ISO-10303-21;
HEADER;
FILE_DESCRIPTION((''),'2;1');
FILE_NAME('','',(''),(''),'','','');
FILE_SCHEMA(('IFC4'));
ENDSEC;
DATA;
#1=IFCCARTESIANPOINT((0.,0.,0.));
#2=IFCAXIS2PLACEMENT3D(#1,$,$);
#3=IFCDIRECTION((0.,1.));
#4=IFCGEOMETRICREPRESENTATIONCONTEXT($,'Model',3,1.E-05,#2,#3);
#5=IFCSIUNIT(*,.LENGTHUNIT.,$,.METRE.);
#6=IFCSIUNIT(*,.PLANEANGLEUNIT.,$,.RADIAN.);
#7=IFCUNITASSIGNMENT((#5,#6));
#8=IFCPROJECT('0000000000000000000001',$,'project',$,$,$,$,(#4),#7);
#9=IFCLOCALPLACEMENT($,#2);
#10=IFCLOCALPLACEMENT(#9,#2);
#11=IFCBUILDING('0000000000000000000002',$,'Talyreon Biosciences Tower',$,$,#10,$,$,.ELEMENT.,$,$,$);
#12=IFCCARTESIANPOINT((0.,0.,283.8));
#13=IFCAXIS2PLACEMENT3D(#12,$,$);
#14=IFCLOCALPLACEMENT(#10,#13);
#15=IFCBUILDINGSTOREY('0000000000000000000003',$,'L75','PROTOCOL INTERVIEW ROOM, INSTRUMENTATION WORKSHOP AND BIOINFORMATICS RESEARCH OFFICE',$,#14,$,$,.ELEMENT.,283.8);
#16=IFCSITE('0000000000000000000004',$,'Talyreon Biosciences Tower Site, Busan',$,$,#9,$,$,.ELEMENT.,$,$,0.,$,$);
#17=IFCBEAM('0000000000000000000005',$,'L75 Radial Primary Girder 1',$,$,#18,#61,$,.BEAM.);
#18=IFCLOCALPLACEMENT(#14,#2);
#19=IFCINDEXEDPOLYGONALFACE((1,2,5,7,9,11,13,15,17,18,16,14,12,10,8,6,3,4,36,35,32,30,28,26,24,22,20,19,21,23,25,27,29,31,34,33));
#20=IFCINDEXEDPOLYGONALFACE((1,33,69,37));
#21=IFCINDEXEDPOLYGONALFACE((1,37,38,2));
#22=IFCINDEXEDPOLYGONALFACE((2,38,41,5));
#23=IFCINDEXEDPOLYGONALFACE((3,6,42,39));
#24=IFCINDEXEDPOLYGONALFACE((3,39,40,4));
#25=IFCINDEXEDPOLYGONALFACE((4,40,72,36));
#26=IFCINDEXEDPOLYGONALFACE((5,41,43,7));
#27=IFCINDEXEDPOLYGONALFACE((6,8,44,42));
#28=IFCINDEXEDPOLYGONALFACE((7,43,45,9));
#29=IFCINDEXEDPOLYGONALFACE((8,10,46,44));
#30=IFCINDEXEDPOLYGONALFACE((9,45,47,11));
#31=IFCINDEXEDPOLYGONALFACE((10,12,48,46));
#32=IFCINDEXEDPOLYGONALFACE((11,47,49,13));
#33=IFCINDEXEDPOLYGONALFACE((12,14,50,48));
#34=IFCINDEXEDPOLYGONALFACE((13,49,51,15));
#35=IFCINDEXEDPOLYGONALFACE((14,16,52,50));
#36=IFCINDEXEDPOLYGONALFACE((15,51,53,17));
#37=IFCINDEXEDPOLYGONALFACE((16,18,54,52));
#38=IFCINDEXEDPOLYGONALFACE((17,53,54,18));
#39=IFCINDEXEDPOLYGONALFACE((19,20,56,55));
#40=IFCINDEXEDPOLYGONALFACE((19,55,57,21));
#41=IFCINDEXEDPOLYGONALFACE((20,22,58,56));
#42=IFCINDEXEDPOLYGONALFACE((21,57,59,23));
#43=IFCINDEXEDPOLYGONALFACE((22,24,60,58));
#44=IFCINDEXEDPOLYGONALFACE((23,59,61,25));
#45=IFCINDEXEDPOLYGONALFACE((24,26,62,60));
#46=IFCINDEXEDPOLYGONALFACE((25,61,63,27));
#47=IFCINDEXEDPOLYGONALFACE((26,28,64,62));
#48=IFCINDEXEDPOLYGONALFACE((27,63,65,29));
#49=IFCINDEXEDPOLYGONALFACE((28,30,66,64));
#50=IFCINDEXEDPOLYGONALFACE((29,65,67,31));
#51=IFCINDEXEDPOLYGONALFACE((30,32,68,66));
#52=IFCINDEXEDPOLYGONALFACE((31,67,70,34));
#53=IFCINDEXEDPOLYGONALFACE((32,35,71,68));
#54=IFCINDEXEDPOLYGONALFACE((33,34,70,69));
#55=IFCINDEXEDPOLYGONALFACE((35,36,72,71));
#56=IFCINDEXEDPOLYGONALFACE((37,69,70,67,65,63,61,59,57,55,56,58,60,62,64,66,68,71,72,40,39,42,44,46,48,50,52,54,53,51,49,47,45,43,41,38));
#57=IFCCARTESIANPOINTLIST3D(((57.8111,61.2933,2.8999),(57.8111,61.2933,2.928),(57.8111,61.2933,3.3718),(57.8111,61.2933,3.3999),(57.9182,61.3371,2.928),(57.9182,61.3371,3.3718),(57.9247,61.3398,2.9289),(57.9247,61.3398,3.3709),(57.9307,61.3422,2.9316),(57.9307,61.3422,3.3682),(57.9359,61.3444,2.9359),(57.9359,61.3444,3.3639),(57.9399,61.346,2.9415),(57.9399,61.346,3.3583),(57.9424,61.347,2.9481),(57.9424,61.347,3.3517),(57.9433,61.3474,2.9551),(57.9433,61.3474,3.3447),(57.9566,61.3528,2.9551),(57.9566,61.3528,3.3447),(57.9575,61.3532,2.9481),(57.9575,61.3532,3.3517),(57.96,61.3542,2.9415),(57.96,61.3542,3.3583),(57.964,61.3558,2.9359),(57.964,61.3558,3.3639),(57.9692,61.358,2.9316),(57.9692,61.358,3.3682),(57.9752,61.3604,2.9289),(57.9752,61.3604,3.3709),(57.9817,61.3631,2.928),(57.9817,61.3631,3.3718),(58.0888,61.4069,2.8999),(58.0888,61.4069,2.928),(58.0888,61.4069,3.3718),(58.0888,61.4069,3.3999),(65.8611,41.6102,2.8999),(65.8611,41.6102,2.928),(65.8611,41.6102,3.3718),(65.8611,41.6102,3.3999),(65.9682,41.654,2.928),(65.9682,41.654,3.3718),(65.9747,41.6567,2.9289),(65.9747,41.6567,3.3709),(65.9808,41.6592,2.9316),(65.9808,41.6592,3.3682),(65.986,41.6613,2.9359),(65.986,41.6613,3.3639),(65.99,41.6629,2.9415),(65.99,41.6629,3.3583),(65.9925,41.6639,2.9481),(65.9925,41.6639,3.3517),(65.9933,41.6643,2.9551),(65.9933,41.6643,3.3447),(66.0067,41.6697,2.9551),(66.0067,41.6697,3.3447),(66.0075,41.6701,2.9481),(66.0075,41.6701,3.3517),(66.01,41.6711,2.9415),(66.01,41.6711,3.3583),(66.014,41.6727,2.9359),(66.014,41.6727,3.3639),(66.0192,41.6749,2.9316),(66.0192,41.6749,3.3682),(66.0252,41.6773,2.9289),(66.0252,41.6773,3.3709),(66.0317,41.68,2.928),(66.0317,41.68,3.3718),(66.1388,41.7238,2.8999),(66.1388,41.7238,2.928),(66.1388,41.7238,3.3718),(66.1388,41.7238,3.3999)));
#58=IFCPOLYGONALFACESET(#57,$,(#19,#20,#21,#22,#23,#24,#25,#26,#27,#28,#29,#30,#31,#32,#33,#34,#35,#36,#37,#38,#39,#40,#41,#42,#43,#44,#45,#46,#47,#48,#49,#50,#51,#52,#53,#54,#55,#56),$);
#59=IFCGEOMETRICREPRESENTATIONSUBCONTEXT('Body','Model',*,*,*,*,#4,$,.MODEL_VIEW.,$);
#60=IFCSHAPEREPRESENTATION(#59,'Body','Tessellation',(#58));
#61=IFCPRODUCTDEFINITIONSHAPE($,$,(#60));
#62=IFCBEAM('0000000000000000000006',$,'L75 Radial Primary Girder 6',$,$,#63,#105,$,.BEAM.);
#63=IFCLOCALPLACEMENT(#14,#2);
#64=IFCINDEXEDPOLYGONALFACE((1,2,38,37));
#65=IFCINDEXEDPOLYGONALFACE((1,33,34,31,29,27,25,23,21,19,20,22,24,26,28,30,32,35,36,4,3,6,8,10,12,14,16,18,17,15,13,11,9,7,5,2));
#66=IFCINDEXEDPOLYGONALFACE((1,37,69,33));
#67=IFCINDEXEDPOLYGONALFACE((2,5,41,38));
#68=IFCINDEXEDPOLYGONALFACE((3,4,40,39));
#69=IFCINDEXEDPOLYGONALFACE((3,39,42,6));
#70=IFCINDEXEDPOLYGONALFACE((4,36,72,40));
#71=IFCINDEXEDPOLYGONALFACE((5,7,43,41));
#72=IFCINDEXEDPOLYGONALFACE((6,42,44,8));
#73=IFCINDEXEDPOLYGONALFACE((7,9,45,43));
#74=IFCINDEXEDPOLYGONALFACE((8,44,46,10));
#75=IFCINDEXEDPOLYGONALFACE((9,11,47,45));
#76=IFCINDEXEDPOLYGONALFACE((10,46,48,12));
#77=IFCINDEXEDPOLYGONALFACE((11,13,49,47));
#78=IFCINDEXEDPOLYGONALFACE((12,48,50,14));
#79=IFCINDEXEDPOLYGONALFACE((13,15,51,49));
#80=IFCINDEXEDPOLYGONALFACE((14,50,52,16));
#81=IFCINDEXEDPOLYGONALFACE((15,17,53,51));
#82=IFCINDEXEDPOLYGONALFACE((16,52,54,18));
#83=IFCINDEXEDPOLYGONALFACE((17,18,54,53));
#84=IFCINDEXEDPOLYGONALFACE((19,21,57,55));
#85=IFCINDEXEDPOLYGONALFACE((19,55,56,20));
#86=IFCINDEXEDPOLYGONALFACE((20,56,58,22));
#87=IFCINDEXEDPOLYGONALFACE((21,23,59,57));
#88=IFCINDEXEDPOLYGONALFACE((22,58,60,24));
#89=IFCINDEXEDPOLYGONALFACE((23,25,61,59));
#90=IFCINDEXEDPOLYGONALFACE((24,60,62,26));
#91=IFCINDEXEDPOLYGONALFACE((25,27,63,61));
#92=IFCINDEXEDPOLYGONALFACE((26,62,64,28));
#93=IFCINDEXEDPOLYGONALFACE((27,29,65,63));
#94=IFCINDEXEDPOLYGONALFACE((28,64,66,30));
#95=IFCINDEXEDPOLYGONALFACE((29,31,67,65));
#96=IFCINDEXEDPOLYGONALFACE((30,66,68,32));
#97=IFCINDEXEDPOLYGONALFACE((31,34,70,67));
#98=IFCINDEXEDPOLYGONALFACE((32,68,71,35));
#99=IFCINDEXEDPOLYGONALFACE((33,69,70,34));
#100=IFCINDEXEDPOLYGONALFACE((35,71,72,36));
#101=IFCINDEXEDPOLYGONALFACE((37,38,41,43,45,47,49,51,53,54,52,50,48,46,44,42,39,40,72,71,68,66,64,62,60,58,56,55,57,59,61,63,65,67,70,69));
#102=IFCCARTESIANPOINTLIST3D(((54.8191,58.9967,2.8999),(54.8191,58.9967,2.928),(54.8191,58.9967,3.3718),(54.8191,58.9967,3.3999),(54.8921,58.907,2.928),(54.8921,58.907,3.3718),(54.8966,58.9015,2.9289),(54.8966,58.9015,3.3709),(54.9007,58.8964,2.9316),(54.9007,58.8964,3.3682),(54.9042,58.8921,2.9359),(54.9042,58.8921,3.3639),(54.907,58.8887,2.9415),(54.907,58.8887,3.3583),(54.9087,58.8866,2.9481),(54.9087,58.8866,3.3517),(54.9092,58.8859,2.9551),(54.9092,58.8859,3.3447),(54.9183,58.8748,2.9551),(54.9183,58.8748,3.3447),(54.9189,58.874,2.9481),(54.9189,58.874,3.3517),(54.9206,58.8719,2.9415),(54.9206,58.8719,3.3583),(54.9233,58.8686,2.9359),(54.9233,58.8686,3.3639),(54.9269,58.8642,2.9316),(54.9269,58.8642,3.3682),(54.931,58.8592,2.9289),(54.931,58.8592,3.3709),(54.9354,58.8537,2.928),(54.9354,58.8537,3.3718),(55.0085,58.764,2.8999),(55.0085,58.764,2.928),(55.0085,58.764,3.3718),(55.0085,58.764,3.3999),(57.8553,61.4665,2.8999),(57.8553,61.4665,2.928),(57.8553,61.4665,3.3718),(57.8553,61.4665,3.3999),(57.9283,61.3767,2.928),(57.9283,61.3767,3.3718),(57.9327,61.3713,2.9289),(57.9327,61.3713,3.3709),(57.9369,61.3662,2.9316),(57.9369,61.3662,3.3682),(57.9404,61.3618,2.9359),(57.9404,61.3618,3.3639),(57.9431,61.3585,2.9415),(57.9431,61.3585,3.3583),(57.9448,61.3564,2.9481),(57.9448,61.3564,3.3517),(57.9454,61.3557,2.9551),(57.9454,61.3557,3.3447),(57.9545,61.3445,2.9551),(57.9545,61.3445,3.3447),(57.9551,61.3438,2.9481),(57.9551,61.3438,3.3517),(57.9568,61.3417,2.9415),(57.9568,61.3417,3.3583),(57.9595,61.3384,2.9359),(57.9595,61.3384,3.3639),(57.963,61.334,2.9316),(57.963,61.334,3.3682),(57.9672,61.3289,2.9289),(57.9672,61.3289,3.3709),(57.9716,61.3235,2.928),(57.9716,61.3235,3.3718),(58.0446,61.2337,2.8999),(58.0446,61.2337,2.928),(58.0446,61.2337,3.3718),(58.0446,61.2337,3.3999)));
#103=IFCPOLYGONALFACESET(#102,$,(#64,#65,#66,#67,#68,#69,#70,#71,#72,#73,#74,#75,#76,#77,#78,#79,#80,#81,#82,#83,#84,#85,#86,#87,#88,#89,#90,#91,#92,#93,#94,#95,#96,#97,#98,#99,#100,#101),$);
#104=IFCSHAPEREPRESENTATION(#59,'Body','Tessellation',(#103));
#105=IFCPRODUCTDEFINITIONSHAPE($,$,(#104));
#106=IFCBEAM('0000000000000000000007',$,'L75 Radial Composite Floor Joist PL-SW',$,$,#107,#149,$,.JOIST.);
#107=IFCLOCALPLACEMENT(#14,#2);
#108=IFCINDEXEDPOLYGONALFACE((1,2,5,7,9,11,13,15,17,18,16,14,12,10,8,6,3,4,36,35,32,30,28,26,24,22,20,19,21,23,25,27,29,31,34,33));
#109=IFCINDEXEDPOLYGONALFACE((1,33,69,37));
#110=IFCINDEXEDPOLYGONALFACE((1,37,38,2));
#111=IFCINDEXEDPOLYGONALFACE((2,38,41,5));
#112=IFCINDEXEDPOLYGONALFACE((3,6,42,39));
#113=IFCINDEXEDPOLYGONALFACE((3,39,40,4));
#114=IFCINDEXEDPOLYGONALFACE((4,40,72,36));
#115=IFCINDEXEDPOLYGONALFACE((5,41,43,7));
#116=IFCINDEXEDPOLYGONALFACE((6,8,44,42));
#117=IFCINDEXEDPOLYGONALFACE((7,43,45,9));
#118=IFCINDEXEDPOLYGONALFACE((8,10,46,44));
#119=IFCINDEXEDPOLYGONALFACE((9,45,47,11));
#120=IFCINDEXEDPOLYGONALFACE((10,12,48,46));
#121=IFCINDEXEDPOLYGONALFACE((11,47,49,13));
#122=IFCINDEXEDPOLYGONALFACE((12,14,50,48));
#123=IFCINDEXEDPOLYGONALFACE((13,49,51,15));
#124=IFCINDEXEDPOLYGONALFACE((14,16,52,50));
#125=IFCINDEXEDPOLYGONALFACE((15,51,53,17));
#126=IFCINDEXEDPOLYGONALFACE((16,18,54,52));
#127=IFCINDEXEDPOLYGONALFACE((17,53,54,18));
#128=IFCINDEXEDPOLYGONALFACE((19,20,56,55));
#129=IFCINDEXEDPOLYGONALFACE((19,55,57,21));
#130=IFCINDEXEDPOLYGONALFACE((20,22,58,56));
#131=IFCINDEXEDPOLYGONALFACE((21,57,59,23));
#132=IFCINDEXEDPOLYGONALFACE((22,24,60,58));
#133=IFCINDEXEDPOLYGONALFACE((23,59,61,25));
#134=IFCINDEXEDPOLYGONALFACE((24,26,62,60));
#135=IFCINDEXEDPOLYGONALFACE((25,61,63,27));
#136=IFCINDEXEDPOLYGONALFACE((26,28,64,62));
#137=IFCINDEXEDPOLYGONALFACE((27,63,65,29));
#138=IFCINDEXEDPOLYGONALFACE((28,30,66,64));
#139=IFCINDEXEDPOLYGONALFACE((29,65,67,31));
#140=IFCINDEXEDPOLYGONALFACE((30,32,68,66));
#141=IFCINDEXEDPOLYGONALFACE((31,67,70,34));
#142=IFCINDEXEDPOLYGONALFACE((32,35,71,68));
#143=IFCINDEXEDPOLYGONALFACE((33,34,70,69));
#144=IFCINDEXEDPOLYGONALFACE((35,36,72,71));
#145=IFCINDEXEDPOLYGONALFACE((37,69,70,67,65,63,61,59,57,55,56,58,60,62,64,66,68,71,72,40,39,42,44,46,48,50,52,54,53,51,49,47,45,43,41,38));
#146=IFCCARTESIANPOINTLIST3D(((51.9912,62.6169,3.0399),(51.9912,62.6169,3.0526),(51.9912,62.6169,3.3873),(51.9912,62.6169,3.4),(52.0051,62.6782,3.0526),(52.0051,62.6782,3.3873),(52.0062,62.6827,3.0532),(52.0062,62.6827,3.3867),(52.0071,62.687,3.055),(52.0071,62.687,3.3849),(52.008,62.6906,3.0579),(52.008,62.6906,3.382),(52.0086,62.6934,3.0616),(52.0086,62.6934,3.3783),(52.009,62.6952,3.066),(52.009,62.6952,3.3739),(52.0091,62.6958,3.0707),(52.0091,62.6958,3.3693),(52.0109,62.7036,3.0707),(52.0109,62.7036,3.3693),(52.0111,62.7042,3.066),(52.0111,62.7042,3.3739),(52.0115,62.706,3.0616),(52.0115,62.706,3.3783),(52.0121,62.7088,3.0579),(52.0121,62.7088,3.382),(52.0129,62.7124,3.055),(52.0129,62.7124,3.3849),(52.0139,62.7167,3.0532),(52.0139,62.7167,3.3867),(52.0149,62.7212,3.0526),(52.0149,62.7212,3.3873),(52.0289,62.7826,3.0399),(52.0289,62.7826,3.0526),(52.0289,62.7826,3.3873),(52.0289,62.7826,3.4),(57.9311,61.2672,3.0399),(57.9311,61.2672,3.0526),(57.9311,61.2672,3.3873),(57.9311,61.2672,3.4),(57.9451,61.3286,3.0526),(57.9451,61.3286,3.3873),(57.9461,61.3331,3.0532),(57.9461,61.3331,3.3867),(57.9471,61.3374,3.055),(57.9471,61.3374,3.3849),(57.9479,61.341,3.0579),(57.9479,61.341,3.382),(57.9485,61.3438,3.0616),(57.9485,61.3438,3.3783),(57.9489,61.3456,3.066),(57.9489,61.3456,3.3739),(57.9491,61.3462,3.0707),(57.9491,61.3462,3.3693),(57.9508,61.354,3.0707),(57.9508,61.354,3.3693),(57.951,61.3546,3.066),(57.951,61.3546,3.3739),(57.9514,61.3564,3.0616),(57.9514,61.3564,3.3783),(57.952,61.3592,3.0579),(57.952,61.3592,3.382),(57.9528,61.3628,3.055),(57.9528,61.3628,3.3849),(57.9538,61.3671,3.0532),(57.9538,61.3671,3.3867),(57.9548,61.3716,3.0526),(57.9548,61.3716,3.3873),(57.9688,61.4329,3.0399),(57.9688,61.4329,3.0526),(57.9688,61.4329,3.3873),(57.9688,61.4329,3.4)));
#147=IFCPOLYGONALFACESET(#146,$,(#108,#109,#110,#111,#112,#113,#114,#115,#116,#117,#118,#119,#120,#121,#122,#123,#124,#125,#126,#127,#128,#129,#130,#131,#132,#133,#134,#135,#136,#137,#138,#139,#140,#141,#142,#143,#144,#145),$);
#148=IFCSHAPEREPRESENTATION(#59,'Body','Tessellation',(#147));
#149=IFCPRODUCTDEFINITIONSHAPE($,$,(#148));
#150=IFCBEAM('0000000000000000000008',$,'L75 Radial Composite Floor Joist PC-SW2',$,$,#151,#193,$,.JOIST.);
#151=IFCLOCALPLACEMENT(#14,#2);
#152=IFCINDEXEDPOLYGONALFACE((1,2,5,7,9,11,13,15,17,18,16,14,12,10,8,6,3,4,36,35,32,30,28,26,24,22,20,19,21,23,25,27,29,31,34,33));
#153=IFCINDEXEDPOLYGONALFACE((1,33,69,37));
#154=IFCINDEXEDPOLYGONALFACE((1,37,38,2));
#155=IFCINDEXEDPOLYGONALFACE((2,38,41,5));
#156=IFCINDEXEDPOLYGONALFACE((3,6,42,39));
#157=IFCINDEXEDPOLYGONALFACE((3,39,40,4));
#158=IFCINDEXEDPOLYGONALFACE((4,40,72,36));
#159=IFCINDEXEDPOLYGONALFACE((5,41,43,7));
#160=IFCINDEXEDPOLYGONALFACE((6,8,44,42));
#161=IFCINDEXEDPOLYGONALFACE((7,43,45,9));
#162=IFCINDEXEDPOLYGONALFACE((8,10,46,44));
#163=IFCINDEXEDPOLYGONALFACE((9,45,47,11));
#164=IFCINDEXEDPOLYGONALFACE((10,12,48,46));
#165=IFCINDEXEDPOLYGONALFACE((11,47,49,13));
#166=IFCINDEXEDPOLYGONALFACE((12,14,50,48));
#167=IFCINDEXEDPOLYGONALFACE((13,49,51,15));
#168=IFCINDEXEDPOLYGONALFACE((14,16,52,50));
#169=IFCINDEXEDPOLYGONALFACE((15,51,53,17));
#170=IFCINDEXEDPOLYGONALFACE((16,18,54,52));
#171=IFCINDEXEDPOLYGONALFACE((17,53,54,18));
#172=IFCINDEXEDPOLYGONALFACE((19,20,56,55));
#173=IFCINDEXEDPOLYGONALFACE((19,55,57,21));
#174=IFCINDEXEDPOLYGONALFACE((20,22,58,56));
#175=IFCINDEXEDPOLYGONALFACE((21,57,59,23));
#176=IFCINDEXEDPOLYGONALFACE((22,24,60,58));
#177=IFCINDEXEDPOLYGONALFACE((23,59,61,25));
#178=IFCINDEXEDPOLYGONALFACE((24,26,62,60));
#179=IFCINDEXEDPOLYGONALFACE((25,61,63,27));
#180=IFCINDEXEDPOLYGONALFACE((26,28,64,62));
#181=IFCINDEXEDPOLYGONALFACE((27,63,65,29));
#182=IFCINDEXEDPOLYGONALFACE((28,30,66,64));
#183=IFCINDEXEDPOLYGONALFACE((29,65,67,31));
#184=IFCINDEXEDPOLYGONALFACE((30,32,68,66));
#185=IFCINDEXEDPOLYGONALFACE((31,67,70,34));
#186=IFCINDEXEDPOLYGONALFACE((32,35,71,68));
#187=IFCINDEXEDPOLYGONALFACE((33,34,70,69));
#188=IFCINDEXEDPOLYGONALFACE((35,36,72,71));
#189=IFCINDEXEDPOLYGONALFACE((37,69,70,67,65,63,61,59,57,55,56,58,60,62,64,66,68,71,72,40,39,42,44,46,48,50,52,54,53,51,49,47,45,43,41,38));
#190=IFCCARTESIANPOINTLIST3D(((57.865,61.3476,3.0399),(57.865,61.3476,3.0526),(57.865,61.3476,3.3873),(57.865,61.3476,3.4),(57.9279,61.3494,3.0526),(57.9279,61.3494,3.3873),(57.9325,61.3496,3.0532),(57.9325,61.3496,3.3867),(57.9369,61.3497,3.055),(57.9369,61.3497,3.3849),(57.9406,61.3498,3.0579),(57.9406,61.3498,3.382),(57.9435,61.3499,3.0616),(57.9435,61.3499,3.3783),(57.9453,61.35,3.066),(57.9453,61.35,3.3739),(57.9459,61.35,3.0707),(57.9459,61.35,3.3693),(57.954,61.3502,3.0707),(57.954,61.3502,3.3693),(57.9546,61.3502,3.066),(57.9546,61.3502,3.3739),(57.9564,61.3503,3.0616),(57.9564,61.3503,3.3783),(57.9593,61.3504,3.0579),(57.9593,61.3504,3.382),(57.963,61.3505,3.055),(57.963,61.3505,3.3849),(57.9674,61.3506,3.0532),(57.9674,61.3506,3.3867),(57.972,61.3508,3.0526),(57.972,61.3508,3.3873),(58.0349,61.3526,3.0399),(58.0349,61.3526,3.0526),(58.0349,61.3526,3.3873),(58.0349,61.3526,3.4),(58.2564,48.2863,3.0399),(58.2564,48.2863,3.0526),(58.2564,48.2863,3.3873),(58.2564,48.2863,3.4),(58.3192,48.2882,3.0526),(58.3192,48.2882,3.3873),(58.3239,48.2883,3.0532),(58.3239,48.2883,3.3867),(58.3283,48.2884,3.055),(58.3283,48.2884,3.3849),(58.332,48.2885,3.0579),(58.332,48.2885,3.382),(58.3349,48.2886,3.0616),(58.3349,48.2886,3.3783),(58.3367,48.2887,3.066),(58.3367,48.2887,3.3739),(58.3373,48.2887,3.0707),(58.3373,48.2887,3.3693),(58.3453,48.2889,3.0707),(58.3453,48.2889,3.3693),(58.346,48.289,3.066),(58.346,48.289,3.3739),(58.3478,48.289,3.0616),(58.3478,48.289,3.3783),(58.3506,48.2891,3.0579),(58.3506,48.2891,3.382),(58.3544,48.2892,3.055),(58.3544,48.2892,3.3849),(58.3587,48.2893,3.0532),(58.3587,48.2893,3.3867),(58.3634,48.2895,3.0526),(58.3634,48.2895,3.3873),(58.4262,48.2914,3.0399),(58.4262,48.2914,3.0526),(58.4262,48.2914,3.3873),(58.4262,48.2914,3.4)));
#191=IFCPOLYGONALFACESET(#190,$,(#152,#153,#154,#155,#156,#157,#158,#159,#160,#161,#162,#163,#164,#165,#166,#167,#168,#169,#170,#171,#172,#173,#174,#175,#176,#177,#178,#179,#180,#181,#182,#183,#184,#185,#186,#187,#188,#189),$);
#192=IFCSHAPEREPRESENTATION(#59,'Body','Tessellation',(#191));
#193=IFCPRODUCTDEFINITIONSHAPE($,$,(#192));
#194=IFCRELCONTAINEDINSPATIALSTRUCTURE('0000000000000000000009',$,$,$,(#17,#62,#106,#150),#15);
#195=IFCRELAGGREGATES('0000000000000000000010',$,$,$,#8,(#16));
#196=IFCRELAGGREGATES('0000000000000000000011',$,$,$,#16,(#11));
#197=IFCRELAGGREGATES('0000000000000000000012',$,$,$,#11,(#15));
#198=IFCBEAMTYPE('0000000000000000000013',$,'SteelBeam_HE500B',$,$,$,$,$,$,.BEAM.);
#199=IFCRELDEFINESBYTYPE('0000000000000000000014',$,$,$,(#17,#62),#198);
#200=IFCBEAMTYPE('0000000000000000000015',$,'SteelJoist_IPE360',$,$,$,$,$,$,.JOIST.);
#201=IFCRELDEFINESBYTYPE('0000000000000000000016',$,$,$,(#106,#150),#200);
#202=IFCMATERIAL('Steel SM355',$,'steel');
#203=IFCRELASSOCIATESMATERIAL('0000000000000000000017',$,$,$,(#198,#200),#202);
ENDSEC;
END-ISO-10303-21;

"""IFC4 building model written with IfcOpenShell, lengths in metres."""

from ifc_helpers import new_model, si_unit, direction, frame, origin, origin_2d, place, context, subcontext, project, spatial, i_section, extrude, material, material_profile, profile_set, type_object, element, save


model = new_model("IFC4")

# Units and contexts
model_context = context("Model", 3, precision=1e-05, world=origin(), true_north=direction((0.0, 1.0)))
body_context = subcontext(model_context, "Body", "Model", "MODEL_VIEW")
ifc_project = project(units=[si_unit("LENGTHUNIT", "METRE"), si_unit("PLANEANGLEUNIT", "RADIAN")], contexts=[model_context])

# Site, building, storey
site_placement = place(None, origin())
site = spatial("IfcSite", under=ifc_project, at=site_placement, Name="Talyreon Biosciences Tower Site, Busan", CompositionType="ELEMENT", RefElevation=0.0)
building_placement = place(site_placement, origin())
building = spatial("IfcBuilding", under=site, at=building_placement, Name="Talyreon Biosciences Tower", CompositionType="ELEMENT")
storey_placement = place(building_placement, frame((0.0, 0.0, 283.8)))
storey = spatial("IfcBuildingStorey", under=building, at=storey_placement, Name="L75", Description="PROTOCOL INTERVIEW ROOM, INSTRUMENTATION WORKSHOP AND BIOINFORMATICS RESEARCH OFFICE", CompositionType="ELEMENT", Elevation=283.8)

# Beams
ifc_material_1 = material(Name="Steel SM355", Category="steel")
ifc_material_profile_1 = material_profile(ifc_material_1, i_section(OverallWidth=0.3, OverallDepth=0.5, WebThickness=0.0144, FlangeThickness=0.0281, FilletRadius=0.0271, at=origin_2d()), Name="HE500B")
ifc_profile_set_1 = profile_set([ifc_material_profile_1], Name="Steel SM355")
beam_type_1 = type_object("IfcBeamType", Name="SteelBeam_HE500B", PredefinedType="BEAM", material=ifc_profile_set_1)
beam_1_placement = place(storey_placement, frame((57.95, 61.3501, 3.1499), z_axis=(0.378547, -0.925582, 0.0), x_axis=(0.925582, 0.378547, 0.0)))
element("IfcBeam", 1, at=beam_1_placement, inside=storey, type_object=beam_type_1, Name="L75 Radial Primary Girder 1", PredefinedType="BEAM", context=body_context, shape_type="SweptSolid", body=[
    extrude(i_section(OverallWidth=0.3, OverallDepth=0.5, WebThickness=0.0144, FlangeThickness=0.0281, FilletRadius=0.0271, at=origin_2d()), origin(), (0.0, 0.0, 1.0), 21.2656),
])
beam_2_placement = place(storey_placement, frame((57.95, 61.3501, 3.1499), z_axis=(-0.775755, -0.631034, 0.0), x_axis=(0.631034, -0.775755, 0.0)))
element("IfcBeam", 2, at=beam_2_placement, inside=storey, type_object=beam_type_1, Name="L75 Radial Primary Girder 6", PredefinedType="BEAM", context=body_context, shape_type="SweptSolid", body=[
    extrude(i_section(OverallWidth=0.3, OverallDepth=0.5, WebThickness=0.0144, FlangeThickness=0.0281, FilletRadius=0.0271, at=origin_2d()), origin(), (0.0, 0.0, 1.0), 3.9138),
])
ifc_material_profile_2 = material_profile(ifc_material_1, i_section(OverallWidth=0.1699, OverallDepth=0.3601, WebThickness=0.0081, FlangeThickness=0.0127, FilletRadius=0.0181, at=origin_2d()), Name="IPE360")
ifc_profile_set_2 = profile_set([ifc_material_profile_2], Name="Steel SM355")
beam_type_2 = type_object("IfcBeamType", Name="SteelJoist_IPE360", PredefinedType="JOIST", material=ifc_profile_set_2)
beam_3_placement = place(storey_placement, frame((57.95, 61.3501, 3.22), z_axis=(-0.975146, 0.221562, 0.0), x_axis=(-0.221562, -0.975146, 0.0)))
element("IfcBeam", 3, at=beam_3_placement, inside=storey, type_object=beam_type_2, Name="L75 Radial Composite Floor Joist PL-SW", PredefinedType="JOIST", context=body_context, shape_type="SweptSolid", body=[
    extrude(i_section(OverallWidth=0.1699, OverallDepth=0.3601, WebThickness=0.0081, FlangeThickness=0.0127, FilletRadius=0.0181, at=origin_2d()), origin(), (0.0, 0.0, 1.0), 6.0913),
])
beam_4_placement = place(storey_placement, frame((57.95, 61.3501, 3.22), z_axis=(0.02995, -0.999551, 0.0), x_axis=(0.999551, 0.02995, 0.0)))
element("IfcBeam", 4, at=beam_4_placement, inside=storey, type_object=beam_type_2, Name="L75 Radial Composite Floor Joist PC-SW2", PredefinedType="JOIST", context=body_context, shape_type="SweptSolid", body=[
    extrude(i_section(OverallWidth=0.1699, OverallDepth=0.3601, WebThickness=0.0081, FlangeThickness=0.0127, FilletRadius=0.0181, at=origin_2d()), origin(), (0.0, 0.0, 1.0), 13.0671),
])

save(model, "model.ifc")
